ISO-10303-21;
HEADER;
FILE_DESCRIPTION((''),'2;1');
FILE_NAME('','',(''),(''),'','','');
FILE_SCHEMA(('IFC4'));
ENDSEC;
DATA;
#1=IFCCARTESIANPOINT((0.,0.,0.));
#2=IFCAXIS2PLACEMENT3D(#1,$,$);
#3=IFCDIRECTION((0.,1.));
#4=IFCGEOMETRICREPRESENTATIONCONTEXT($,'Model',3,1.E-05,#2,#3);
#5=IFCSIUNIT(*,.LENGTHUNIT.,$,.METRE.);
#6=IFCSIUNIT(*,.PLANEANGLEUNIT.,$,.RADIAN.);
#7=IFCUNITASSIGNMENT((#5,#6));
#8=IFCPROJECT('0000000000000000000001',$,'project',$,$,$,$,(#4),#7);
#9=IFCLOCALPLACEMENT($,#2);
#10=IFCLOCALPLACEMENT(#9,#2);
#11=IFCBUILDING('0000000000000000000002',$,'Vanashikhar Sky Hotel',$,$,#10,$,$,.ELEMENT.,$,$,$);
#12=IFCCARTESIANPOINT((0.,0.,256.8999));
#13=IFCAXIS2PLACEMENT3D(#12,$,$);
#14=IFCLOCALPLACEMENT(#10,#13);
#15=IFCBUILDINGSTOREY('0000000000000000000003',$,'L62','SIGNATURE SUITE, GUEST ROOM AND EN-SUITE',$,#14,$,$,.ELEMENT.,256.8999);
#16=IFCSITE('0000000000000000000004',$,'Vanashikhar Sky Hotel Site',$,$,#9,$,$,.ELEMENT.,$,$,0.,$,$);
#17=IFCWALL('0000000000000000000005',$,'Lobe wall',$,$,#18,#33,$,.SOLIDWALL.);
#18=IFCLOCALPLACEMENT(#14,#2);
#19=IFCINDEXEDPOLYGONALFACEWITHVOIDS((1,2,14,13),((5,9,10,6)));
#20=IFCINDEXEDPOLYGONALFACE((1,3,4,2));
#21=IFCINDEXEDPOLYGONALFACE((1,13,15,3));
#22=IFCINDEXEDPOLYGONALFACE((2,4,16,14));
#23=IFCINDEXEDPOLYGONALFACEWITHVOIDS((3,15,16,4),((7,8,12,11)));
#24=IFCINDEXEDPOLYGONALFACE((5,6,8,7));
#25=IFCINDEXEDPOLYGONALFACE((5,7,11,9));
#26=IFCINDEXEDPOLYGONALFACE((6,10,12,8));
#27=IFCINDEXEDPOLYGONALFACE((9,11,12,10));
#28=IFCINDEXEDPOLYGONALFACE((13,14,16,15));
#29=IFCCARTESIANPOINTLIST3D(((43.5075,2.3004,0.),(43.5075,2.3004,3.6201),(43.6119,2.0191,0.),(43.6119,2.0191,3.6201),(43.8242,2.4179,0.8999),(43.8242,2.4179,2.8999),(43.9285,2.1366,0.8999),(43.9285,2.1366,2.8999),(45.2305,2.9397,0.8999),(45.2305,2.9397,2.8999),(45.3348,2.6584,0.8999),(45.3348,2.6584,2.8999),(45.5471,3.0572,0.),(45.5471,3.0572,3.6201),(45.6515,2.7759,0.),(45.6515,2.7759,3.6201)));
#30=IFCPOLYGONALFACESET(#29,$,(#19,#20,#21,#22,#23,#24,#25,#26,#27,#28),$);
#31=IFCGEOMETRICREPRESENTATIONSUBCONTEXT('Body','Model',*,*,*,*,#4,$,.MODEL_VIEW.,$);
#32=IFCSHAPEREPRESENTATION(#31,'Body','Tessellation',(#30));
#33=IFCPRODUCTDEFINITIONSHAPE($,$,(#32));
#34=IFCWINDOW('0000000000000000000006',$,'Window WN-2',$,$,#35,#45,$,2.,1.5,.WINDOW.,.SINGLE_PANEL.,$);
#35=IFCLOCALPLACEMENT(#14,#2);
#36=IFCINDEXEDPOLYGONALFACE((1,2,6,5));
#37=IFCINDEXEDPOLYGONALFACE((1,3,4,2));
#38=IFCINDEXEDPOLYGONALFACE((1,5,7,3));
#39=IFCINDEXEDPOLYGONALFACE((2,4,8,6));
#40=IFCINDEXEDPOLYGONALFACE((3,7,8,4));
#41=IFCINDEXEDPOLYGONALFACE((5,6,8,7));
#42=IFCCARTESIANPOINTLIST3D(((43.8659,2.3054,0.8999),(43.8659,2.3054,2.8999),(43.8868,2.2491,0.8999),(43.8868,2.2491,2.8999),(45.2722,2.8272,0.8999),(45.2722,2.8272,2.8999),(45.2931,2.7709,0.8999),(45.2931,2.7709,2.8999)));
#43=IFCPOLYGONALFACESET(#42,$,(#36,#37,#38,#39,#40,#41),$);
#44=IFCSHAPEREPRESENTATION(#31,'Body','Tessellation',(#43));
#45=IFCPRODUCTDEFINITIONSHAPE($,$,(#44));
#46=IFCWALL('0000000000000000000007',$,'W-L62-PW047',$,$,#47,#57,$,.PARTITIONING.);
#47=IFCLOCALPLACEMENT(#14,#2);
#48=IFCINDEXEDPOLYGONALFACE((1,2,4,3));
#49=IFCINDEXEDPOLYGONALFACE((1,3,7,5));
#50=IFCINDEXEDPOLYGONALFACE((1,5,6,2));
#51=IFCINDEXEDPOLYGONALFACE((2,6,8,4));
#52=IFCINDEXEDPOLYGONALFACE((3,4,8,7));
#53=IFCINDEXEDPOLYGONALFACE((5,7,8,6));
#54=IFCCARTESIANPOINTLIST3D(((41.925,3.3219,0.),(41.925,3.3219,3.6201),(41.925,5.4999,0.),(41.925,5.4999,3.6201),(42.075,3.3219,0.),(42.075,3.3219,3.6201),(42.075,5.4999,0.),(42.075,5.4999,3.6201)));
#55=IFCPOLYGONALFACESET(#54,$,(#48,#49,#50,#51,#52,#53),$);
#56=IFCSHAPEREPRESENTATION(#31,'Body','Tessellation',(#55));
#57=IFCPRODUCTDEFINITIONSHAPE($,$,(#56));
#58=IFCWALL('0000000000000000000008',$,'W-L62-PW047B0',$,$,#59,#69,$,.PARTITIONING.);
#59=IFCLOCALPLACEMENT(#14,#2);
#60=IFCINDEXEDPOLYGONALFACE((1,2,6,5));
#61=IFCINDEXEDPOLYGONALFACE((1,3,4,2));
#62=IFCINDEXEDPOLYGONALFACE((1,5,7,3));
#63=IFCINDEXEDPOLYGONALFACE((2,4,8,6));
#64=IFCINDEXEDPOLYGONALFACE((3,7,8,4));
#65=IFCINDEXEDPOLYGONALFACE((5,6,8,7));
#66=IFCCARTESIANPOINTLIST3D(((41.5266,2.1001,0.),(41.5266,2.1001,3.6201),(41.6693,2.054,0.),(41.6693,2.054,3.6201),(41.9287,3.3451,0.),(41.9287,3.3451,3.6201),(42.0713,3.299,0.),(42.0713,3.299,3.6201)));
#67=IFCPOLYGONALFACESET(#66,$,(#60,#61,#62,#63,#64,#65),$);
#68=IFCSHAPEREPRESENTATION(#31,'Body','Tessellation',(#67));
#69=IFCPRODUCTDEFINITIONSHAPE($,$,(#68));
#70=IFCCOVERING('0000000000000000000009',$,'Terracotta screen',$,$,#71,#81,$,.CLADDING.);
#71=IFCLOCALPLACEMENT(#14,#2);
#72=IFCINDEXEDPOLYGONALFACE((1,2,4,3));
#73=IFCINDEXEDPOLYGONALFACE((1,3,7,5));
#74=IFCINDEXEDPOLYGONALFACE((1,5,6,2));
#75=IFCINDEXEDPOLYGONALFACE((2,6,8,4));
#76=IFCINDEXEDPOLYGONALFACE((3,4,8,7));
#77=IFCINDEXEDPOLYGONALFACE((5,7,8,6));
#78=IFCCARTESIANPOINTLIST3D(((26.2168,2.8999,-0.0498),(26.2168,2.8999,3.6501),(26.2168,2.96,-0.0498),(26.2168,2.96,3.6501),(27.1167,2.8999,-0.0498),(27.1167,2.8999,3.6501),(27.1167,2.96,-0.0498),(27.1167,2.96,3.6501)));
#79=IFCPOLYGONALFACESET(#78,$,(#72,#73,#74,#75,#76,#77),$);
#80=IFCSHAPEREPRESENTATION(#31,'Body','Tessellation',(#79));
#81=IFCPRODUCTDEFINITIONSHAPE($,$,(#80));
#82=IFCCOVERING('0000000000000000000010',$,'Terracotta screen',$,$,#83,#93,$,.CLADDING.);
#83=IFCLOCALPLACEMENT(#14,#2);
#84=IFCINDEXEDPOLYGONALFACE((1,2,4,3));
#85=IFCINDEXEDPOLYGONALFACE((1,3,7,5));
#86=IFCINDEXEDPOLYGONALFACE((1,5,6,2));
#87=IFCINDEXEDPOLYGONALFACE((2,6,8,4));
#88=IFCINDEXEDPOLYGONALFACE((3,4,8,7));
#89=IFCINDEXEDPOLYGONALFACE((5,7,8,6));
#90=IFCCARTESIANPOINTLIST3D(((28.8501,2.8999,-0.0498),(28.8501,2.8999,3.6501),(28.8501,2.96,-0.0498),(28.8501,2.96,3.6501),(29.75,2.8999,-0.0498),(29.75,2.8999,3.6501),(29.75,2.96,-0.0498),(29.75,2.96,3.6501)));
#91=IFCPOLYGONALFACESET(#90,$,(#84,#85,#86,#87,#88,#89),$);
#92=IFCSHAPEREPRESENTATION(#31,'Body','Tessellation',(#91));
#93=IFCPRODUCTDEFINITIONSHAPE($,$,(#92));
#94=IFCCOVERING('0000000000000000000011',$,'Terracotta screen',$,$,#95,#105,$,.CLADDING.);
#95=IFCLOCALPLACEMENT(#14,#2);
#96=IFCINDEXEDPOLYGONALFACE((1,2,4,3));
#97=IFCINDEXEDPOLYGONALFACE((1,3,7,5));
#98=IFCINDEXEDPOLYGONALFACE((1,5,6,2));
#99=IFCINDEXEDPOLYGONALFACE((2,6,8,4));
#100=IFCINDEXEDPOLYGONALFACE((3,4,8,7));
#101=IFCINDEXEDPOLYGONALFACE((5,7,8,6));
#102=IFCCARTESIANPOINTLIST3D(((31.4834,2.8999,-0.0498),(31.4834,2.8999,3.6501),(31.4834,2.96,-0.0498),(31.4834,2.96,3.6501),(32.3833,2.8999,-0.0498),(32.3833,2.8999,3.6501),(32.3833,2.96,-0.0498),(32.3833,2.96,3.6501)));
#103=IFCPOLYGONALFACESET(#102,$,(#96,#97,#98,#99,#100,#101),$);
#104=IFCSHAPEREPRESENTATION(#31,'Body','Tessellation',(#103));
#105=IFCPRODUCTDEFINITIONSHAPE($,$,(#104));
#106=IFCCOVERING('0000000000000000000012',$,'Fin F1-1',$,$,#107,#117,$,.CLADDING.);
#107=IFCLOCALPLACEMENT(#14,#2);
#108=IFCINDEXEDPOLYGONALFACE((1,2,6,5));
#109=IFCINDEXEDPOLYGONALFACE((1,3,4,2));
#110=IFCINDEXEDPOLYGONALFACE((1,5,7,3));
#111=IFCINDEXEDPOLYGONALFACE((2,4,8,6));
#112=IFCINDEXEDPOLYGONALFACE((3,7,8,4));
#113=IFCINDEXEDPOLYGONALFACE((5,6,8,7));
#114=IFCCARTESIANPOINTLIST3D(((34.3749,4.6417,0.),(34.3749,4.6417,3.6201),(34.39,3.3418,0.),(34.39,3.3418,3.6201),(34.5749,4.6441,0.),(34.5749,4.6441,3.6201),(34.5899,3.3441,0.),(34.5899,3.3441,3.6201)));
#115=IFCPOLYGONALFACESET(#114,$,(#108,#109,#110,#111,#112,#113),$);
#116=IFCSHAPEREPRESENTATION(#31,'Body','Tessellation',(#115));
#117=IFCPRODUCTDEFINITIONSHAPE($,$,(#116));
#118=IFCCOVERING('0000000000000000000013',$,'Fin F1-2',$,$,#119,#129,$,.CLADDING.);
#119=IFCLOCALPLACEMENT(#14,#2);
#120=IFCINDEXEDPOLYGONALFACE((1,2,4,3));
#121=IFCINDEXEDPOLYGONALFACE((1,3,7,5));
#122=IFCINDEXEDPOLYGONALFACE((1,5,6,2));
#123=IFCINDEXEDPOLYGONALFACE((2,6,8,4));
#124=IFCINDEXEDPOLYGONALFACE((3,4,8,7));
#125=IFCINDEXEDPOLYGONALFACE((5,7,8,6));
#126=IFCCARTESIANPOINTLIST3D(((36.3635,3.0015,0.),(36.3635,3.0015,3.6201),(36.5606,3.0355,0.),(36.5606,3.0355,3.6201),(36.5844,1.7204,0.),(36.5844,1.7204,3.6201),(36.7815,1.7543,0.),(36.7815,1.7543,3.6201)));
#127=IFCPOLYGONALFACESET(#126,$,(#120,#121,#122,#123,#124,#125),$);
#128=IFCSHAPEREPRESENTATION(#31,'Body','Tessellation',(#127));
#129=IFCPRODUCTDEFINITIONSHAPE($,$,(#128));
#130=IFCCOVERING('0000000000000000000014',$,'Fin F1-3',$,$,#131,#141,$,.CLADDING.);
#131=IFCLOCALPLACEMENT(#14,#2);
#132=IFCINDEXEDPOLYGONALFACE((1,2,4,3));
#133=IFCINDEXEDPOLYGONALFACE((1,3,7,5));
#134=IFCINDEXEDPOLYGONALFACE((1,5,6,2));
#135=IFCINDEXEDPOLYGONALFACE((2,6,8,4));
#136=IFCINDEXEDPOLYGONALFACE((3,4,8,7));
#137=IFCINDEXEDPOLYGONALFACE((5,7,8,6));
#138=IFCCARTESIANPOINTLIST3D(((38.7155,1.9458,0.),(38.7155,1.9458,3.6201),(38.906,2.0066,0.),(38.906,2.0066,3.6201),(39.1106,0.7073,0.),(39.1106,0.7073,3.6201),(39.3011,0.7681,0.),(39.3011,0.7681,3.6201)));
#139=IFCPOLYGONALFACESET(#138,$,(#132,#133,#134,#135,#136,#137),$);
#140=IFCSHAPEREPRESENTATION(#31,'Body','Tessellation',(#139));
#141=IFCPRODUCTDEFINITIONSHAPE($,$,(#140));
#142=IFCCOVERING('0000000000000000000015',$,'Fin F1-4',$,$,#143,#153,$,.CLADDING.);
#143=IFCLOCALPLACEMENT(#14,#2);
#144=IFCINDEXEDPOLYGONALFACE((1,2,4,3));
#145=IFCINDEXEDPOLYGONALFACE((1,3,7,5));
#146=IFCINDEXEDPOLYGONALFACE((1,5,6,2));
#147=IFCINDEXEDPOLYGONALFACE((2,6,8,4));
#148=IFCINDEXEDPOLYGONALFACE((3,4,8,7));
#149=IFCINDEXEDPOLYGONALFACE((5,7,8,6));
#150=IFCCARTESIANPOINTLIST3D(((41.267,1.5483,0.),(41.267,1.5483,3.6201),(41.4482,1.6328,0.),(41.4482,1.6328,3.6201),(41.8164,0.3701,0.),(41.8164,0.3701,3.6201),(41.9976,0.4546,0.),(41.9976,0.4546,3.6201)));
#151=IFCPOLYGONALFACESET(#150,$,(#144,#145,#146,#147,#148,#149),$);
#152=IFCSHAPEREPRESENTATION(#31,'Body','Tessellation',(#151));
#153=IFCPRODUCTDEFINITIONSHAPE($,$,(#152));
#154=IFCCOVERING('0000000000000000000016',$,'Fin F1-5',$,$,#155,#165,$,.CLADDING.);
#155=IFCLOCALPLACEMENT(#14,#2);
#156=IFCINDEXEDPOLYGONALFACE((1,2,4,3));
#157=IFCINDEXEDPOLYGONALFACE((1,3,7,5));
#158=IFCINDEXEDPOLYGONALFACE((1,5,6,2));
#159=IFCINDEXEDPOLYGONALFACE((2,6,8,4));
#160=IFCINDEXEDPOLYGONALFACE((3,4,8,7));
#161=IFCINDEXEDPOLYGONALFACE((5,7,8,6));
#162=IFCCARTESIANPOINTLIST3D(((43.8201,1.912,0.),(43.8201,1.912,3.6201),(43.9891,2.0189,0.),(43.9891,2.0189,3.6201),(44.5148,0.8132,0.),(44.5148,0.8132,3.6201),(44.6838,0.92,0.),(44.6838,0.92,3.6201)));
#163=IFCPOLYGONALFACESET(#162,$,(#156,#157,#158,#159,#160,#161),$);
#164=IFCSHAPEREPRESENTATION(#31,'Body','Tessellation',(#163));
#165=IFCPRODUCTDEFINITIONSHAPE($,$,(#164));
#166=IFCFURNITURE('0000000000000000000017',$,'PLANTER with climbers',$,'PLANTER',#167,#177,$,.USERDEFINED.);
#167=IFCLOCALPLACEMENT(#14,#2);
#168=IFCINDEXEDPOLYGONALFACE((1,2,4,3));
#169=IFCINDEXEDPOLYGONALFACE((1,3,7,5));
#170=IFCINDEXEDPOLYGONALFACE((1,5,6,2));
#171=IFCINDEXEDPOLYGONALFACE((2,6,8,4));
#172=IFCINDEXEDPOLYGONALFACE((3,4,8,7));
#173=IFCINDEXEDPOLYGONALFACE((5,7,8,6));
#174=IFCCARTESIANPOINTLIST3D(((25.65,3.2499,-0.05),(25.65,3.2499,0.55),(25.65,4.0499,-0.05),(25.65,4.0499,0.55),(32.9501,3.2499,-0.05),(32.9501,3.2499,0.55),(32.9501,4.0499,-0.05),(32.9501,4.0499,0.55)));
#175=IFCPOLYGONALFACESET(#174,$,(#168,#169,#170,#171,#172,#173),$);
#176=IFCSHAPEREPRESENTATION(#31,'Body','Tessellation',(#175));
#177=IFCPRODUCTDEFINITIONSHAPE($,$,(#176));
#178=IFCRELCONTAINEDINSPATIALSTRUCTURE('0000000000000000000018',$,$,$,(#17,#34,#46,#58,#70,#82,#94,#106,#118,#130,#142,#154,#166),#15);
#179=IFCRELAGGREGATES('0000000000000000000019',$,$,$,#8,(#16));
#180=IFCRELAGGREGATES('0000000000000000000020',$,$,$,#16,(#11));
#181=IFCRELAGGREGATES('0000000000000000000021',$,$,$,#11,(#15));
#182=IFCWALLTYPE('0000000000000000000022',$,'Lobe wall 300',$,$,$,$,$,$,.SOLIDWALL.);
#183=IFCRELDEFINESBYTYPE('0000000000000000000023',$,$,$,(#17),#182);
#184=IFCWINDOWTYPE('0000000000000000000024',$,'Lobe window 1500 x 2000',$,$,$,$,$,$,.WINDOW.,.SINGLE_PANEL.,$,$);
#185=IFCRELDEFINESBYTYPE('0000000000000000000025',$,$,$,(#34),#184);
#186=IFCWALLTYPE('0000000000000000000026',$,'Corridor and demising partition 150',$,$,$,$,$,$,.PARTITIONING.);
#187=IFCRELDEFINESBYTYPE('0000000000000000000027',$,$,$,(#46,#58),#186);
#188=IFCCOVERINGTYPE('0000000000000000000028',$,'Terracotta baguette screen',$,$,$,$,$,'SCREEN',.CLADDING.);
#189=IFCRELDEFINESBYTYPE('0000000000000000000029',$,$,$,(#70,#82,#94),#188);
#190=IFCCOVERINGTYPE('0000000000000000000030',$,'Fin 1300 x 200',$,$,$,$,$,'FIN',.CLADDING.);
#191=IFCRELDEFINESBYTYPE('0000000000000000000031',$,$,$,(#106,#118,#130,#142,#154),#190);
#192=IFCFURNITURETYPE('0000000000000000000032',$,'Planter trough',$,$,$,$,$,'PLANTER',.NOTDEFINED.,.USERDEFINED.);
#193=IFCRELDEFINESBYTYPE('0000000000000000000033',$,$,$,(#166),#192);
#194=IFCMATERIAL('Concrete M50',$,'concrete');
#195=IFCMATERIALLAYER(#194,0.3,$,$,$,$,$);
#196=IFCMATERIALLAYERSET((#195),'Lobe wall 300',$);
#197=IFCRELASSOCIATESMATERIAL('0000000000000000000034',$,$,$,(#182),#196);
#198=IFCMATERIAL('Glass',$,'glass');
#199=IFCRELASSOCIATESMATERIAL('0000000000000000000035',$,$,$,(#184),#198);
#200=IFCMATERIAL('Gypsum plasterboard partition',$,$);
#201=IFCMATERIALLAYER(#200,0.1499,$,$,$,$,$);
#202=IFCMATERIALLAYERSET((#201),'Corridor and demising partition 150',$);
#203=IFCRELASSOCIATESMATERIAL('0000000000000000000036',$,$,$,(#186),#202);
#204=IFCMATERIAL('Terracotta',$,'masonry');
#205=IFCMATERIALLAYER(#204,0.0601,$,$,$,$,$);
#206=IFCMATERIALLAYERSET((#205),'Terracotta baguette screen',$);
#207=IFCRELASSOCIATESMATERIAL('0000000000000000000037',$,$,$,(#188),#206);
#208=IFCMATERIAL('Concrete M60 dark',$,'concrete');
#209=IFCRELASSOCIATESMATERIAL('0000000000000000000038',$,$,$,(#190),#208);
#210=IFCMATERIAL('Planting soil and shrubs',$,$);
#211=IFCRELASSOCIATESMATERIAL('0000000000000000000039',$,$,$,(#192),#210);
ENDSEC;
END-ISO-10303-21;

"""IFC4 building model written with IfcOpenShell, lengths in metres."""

from ifc_helpers import new_model, si_unit, direction, frame, frame_2d, origin, origin_2d, place, context, subcontext, project, spatial, rectangle, extrude, source, transform, mapped, material, layer, layer_set, material_profile, profile_set, type_object, element, fill, save


model = new_model("IFC4")

# Units and contexts
model_context = context("Model", 3, precision=1e-05, world=origin(), true_north=direction((0.0, 1.0)))
body_context = subcontext(model_context, "Body", "Model", "MODEL_VIEW")
ifc_project = project(units=[si_unit("LENGTHUNIT", "METRE"), si_unit("PLANEANGLEUNIT", "RADIAN")], contexts=[model_context])

# Site, building, storey
site_placement = place(None, origin())
site = spatial("IfcSite", under=ifc_project, at=site_placement, Name="Vanashikhar Sky Hotel Site", CompositionType="ELEMENT", RefElevation=0.0)
building_placement = place(site_placement, origin())
building = spatial("IfcBuilding", under=site, at=building_placement, Name="Vanashikhar Sky Hotel", CompositionType="ELEMENT")
storey_placement = place(building_placement, frame((0.0, 0.0, 256.8999)))
storey = spatial("IfcBuildingStorey", under=building, at=storey_placement, Name="L62", Description="SIGNATURE SUITE, GUEST ROOM AND EN-SUITE", CompositionType="ELEMENT", Elevation=256.8999)

# Wall, opening, window
ifc_material_1 = material(Name="Concrete M50", Category="concrete")
ifc_layer_1 = layer(ifc_material_1, 0.3)
ifc_layer_set_1 = layer_set([ifc_layer_1], Name="Lobe wall 300")
wall_type_1 = type_object("IfcWallType", Name="Lobe wall 300", PredefinedType="SOLIDWALL", material=ifc_layer_set_1)
shared_shape_1 = source(origin(), body_context, "Body", "SweptSolid", [
    extrude(rectangle(XDim=1.5, YDim=2.0, at=frame_2d((0.75, 1.0))), frame((0.0, 0.1602, 0.0), z_axis=(0.0, -1.0, 0.0), x_axis=(1.0, 0.0, 0.0)), (0.0, 0.0, 1.0), 0.3201),
])
ifc_material_2 = material(Name="Glass", Category="glass")
window_type = type_object("IfcWindowType", Name="Lobe window 1500 x 2000", PartitioningType="SINGLE_PANEL", PredefinedType="WINDOW", material=ifc_material_2)
shared_shape_2 = source(origin(), body_context, "Body", "SweptSolid", [
    extrude(rectangle(XDim=1.5, YDim=2.0, at=frame_2d((0.75, 1.0))), frame((0.0, 0.03, 0.0), z_axis=(0.0, -1.0, 0.0), x_axis=(1.0, 0.0, 0.0)), (0.0, 0.0, 1.0), 0.0601),
])
shared_shape_3 = source(origin(), body_context, "Body", "SweptSolid", [
    extrude(rectangle(XDim=2.1755, YDim=0.3, at=frame_2d((1.0879, 0.0))), origin(), (0.0, 0.0, 1.0), 3.6201),
])
wall_1_placement = place(storey_placement, frame((43.5596, 2.1597, 0.0), z_axis=(0.0, 0.0, 1.0), x_axis=(0.937532, 0.347899, 0.0)))
wall_1 = element("IfcWall", 1, at=wall_1_placement, inside=storey, type_object=wall_type_1, Name="Lobe wall", PredefinedType="SOLIDWALL", context=body_context, shape_type="MappedRepresentation", body=[
    mapped(shared_shape_3, transform((0.0, 0.0, 0.0), scale=1.0)),
])
opening_1_placement = place(wall_1_placement, frame((0.3379, 0.0, 0.8999)))
opening_1 = element("IfcOpeningElement", 2, at=opening_1_placement, cuts=wall_1, PredefinedType="OPENING", context=body_context, shape_type="MappedRepresentation", body=[
    mapped(shared_shape_1, transform((0.0, 0.0, 0.0), scale=1.0)),
])
window_1_placement = place(opening_1_placement, origin())
window_1 = element("IfcWindow", 3, at=window_1_placement, inside=storey, type_object=window_type, Name="Window WN-2", OverallHeight=2.0, OverallWidth=1.5, PartitioningType="SINGLE_PANEL", PredefinedType="WINDOW", context=body_context, shape_type="MappedRepresentation", body=[
    mapped(shared_shape_2, transform((0.0, 0.0, 0.0), scale=1.0)),
])
fill(opening_1, window_1)

# Walls
ifc_material_3 = material(Name="Gypsum plasterboard partition")
ifc_layer_2 = layer(ifc_material_3, 0.1499)
ifc_layer_set_2 = layer_set([ifc_layer_2], Name="Corridor and demising partition 150")
wall_type_2 = type_object("IfcWallType", Name="Corridor and demising partition 150", PredefinedType="PARTITIONING", material=ifc_layer_set_2)
shared_shape_4 = source(origin(), body_context, "Body", "SweptSolid", [
    extrude(rectangle(XDim=2.178, YDim=0.1499, at=frame_2d((1.0889, 0.0))), origin(), (0.0, 0.0, 1.0), 3.6201),
])
wall_2_placement = place(storey_placement, frame((42.0, 3.322, 0.0), z_axis=(0.0, 0.0, 1.0), x_axis=(0.0, 1.0, 0.0)))
element("IfcWall", 4, at=wall_2_placement, inside=storey, type_object=wall_type_2, Name="W-L62-PW047", PredefinedType="PARTITIONING", context=body_context, shape_type="MappedRepresentation", body=[
    mapped(shared_shape_4, transform((0.0, 0.0, 0.0), scale=1.0)),
])
shared_shape_5 = source(origin(), body_context, "Body", "SweptSolid", [
    extrude(rectangle(XDim=1.3083, YDim=0.1499, at=frame_2d((0.6543, 0.0))), origin(), (0.0, 0.0, 1.0), 3.6201),
])
wall_3_placement = place(storey_placement, frame((41.5979, 2.0769, 0.0), z_axis=(0.0, 0.0, 1.0), x_axis=(0.307314, 0.951608, 0.0)))
element("IfcWall", 5, at=wall_3_placement, inside=storey, type_object=wall_type_2, Name="W-L62-PW047B0", PredefinedType="PARTITIONING", context=body_context, shape_type="MappedRepresentation", body=[
    mapped(shared_shape_5, transform((0.0, 0.0, 0.0), scale=1.0)),
])

# Coverings
ifc_material_4 = material(Name="Terracotta", Category="masonry")
ifc_layer_3 = layer(ifc_material_4, 0.0601)
ifc_layer_set_3 = layer_set([ifc_layer_3], Name="Terracotta baguette screen")
covering_type_1 = type_object("IfcCoveringType", Name="Terracotta baguette screen", ElementType="SCREEN", PredefinedType="CLADDING", material=ifc_layer_set_3)
shared_shape_6 = source(origin(), body_context, "Body", "SweptSolid", [
    extrude(rectangle(XDim=0.8999, YDim=0.0601, at=origin_2d()), origin(), (0.0, 0.0, 1.0), 3.7),
])
for number, where, z_axis, x_axis, name in (
    (6, (26.6667, 2.9299, -0.0498), (0.0, 0.0, 1.0), (1.0, 0.0, 0.0), "Terracotta screen"),
    (7, (29.3, 2.9299, -0.0498), (0.0, 0.0, 1.0), (1.0, 0.0, 0.0), "Terracotta screen"),
    (8, (31.9333, 2.9299, -0.0498), (0.0, 0.0, 1.0), (1.0, 0.0, 0.0), "Terracotta screen"),
):
    element("IfcCovering", number, at=place(storey_placement, frame(where, z_axis=z_axis, x_axis=x_axis)), inside=storey, type_object=covering_type_1, Name=name, PredefinedType="CLADDING", context=body_context, shape_type="MappedRepresentation", body=[
        mapped(shared_shape_6, transform((0.0, 0.0, 0.0), scale=1.0)),
    ])
ifc_material_5 = material(Name="Concrete M60 dark", Category="concrete")
ifc_material_profile = material_profile(ifc_material_5, rectangle(XDim=1.3, YDim=0.2, at=origin_2d()))
ifc_profile_set = profile_set([ifc_material_profile], Name="Fin 1300 x 200")
covering_type_2 = type_object("IfcCoveringType", Name="Fin 1300 x 200", ElementType="FIN", PredefinedType="CLADDING", material=ifc_profile_set)
shared_shape_7 = source(origin(), body_context, "Body", "SweptSolid", [
    extrude(rectangle(XDim=1.3, YDim=0.2, at=origin_2d()), origin(), (0.0, 0.0, 1.0), 3.6201),
])
for number, where, z_axis, x_axis, name in (
    (9, (34.4824, 3.9929, 0.0), (0.0, 0.0, 1.0), (0.011589, -0.999933, 0.0), "Fin F1-1"),
    (10, (36.5725, 2.3779, 0.0), (0.0, 0.0, 1.0), (0.1699, -0.985461, 0.0), "Fin F1-2"),
    (11, (39.0083, 1.3569, 0.0), (0.0, 0.0, 1.0), (0.303967, -0.952683, 0.0), "Fin F1-3"),
    (12, (41.6323, 1.0015, 0.0), (0.0, 0.0, 1.0), (0.422618, -0.906308, 0.0), "Fin F1-4"),
    (13, (44.252, 1.416, 0.0), (0.0, 0.0, 1.0), (0.534411, -0.845225, 0.0), "Fin F1-5"),
):
    element("IfcCovering", number, at=place(storey_placement, frame(where, z_axis=z_axis, x_axis=x_axis)), inside=storey, type_object=covering_type_2, Name=name, PredefinedType="CLADDING", context=body_context, shape_type="MappedRepresentation", body=[
        mapped(shared_shape_7, transform((0.0, 0.0, 0.0), scale=1.0)),
    ])

# Furniture
ifc_material_6 = material(Name="Planting soil and shrubs")
furniture_type = type_object("IfcFurnitureType", Name="Planter trough", ElementType="PLANTER", AssemblyPlace="NOTDEFINED", PredefinedType="USERDEFINED", material=ifc_material_6)
shared_shape_8 = source(origin(), body_context, "Body", "SweptSolid", [
    extrude(rectangle(XDim=7.3, YDim=0.8, at=origin_2d()), origin(), (0.0, 0.0, 1.0), 0.6001),
])
furniture_placement = place(storey_placement, frame((29.3, 3.6499, -0.05), z_axis=(0.0, 0.0, 1.0), x_axis=(1.0, 0.0, 0.0)))
element("IfcFurniture", 14, at=furniture_placement, inside=storey, type_object=furniture_type, Name="PLANTER with climbers", ObjectType="PLANTER", PredefinedType="USERDEFINED", context=body_context, shape_type="MappedRepresentation", body=[
    mapped(shared_shape_8, transform((0.0, 0.0, 0.0), scale=1.0)),
])

save(model, "model.ifc")
